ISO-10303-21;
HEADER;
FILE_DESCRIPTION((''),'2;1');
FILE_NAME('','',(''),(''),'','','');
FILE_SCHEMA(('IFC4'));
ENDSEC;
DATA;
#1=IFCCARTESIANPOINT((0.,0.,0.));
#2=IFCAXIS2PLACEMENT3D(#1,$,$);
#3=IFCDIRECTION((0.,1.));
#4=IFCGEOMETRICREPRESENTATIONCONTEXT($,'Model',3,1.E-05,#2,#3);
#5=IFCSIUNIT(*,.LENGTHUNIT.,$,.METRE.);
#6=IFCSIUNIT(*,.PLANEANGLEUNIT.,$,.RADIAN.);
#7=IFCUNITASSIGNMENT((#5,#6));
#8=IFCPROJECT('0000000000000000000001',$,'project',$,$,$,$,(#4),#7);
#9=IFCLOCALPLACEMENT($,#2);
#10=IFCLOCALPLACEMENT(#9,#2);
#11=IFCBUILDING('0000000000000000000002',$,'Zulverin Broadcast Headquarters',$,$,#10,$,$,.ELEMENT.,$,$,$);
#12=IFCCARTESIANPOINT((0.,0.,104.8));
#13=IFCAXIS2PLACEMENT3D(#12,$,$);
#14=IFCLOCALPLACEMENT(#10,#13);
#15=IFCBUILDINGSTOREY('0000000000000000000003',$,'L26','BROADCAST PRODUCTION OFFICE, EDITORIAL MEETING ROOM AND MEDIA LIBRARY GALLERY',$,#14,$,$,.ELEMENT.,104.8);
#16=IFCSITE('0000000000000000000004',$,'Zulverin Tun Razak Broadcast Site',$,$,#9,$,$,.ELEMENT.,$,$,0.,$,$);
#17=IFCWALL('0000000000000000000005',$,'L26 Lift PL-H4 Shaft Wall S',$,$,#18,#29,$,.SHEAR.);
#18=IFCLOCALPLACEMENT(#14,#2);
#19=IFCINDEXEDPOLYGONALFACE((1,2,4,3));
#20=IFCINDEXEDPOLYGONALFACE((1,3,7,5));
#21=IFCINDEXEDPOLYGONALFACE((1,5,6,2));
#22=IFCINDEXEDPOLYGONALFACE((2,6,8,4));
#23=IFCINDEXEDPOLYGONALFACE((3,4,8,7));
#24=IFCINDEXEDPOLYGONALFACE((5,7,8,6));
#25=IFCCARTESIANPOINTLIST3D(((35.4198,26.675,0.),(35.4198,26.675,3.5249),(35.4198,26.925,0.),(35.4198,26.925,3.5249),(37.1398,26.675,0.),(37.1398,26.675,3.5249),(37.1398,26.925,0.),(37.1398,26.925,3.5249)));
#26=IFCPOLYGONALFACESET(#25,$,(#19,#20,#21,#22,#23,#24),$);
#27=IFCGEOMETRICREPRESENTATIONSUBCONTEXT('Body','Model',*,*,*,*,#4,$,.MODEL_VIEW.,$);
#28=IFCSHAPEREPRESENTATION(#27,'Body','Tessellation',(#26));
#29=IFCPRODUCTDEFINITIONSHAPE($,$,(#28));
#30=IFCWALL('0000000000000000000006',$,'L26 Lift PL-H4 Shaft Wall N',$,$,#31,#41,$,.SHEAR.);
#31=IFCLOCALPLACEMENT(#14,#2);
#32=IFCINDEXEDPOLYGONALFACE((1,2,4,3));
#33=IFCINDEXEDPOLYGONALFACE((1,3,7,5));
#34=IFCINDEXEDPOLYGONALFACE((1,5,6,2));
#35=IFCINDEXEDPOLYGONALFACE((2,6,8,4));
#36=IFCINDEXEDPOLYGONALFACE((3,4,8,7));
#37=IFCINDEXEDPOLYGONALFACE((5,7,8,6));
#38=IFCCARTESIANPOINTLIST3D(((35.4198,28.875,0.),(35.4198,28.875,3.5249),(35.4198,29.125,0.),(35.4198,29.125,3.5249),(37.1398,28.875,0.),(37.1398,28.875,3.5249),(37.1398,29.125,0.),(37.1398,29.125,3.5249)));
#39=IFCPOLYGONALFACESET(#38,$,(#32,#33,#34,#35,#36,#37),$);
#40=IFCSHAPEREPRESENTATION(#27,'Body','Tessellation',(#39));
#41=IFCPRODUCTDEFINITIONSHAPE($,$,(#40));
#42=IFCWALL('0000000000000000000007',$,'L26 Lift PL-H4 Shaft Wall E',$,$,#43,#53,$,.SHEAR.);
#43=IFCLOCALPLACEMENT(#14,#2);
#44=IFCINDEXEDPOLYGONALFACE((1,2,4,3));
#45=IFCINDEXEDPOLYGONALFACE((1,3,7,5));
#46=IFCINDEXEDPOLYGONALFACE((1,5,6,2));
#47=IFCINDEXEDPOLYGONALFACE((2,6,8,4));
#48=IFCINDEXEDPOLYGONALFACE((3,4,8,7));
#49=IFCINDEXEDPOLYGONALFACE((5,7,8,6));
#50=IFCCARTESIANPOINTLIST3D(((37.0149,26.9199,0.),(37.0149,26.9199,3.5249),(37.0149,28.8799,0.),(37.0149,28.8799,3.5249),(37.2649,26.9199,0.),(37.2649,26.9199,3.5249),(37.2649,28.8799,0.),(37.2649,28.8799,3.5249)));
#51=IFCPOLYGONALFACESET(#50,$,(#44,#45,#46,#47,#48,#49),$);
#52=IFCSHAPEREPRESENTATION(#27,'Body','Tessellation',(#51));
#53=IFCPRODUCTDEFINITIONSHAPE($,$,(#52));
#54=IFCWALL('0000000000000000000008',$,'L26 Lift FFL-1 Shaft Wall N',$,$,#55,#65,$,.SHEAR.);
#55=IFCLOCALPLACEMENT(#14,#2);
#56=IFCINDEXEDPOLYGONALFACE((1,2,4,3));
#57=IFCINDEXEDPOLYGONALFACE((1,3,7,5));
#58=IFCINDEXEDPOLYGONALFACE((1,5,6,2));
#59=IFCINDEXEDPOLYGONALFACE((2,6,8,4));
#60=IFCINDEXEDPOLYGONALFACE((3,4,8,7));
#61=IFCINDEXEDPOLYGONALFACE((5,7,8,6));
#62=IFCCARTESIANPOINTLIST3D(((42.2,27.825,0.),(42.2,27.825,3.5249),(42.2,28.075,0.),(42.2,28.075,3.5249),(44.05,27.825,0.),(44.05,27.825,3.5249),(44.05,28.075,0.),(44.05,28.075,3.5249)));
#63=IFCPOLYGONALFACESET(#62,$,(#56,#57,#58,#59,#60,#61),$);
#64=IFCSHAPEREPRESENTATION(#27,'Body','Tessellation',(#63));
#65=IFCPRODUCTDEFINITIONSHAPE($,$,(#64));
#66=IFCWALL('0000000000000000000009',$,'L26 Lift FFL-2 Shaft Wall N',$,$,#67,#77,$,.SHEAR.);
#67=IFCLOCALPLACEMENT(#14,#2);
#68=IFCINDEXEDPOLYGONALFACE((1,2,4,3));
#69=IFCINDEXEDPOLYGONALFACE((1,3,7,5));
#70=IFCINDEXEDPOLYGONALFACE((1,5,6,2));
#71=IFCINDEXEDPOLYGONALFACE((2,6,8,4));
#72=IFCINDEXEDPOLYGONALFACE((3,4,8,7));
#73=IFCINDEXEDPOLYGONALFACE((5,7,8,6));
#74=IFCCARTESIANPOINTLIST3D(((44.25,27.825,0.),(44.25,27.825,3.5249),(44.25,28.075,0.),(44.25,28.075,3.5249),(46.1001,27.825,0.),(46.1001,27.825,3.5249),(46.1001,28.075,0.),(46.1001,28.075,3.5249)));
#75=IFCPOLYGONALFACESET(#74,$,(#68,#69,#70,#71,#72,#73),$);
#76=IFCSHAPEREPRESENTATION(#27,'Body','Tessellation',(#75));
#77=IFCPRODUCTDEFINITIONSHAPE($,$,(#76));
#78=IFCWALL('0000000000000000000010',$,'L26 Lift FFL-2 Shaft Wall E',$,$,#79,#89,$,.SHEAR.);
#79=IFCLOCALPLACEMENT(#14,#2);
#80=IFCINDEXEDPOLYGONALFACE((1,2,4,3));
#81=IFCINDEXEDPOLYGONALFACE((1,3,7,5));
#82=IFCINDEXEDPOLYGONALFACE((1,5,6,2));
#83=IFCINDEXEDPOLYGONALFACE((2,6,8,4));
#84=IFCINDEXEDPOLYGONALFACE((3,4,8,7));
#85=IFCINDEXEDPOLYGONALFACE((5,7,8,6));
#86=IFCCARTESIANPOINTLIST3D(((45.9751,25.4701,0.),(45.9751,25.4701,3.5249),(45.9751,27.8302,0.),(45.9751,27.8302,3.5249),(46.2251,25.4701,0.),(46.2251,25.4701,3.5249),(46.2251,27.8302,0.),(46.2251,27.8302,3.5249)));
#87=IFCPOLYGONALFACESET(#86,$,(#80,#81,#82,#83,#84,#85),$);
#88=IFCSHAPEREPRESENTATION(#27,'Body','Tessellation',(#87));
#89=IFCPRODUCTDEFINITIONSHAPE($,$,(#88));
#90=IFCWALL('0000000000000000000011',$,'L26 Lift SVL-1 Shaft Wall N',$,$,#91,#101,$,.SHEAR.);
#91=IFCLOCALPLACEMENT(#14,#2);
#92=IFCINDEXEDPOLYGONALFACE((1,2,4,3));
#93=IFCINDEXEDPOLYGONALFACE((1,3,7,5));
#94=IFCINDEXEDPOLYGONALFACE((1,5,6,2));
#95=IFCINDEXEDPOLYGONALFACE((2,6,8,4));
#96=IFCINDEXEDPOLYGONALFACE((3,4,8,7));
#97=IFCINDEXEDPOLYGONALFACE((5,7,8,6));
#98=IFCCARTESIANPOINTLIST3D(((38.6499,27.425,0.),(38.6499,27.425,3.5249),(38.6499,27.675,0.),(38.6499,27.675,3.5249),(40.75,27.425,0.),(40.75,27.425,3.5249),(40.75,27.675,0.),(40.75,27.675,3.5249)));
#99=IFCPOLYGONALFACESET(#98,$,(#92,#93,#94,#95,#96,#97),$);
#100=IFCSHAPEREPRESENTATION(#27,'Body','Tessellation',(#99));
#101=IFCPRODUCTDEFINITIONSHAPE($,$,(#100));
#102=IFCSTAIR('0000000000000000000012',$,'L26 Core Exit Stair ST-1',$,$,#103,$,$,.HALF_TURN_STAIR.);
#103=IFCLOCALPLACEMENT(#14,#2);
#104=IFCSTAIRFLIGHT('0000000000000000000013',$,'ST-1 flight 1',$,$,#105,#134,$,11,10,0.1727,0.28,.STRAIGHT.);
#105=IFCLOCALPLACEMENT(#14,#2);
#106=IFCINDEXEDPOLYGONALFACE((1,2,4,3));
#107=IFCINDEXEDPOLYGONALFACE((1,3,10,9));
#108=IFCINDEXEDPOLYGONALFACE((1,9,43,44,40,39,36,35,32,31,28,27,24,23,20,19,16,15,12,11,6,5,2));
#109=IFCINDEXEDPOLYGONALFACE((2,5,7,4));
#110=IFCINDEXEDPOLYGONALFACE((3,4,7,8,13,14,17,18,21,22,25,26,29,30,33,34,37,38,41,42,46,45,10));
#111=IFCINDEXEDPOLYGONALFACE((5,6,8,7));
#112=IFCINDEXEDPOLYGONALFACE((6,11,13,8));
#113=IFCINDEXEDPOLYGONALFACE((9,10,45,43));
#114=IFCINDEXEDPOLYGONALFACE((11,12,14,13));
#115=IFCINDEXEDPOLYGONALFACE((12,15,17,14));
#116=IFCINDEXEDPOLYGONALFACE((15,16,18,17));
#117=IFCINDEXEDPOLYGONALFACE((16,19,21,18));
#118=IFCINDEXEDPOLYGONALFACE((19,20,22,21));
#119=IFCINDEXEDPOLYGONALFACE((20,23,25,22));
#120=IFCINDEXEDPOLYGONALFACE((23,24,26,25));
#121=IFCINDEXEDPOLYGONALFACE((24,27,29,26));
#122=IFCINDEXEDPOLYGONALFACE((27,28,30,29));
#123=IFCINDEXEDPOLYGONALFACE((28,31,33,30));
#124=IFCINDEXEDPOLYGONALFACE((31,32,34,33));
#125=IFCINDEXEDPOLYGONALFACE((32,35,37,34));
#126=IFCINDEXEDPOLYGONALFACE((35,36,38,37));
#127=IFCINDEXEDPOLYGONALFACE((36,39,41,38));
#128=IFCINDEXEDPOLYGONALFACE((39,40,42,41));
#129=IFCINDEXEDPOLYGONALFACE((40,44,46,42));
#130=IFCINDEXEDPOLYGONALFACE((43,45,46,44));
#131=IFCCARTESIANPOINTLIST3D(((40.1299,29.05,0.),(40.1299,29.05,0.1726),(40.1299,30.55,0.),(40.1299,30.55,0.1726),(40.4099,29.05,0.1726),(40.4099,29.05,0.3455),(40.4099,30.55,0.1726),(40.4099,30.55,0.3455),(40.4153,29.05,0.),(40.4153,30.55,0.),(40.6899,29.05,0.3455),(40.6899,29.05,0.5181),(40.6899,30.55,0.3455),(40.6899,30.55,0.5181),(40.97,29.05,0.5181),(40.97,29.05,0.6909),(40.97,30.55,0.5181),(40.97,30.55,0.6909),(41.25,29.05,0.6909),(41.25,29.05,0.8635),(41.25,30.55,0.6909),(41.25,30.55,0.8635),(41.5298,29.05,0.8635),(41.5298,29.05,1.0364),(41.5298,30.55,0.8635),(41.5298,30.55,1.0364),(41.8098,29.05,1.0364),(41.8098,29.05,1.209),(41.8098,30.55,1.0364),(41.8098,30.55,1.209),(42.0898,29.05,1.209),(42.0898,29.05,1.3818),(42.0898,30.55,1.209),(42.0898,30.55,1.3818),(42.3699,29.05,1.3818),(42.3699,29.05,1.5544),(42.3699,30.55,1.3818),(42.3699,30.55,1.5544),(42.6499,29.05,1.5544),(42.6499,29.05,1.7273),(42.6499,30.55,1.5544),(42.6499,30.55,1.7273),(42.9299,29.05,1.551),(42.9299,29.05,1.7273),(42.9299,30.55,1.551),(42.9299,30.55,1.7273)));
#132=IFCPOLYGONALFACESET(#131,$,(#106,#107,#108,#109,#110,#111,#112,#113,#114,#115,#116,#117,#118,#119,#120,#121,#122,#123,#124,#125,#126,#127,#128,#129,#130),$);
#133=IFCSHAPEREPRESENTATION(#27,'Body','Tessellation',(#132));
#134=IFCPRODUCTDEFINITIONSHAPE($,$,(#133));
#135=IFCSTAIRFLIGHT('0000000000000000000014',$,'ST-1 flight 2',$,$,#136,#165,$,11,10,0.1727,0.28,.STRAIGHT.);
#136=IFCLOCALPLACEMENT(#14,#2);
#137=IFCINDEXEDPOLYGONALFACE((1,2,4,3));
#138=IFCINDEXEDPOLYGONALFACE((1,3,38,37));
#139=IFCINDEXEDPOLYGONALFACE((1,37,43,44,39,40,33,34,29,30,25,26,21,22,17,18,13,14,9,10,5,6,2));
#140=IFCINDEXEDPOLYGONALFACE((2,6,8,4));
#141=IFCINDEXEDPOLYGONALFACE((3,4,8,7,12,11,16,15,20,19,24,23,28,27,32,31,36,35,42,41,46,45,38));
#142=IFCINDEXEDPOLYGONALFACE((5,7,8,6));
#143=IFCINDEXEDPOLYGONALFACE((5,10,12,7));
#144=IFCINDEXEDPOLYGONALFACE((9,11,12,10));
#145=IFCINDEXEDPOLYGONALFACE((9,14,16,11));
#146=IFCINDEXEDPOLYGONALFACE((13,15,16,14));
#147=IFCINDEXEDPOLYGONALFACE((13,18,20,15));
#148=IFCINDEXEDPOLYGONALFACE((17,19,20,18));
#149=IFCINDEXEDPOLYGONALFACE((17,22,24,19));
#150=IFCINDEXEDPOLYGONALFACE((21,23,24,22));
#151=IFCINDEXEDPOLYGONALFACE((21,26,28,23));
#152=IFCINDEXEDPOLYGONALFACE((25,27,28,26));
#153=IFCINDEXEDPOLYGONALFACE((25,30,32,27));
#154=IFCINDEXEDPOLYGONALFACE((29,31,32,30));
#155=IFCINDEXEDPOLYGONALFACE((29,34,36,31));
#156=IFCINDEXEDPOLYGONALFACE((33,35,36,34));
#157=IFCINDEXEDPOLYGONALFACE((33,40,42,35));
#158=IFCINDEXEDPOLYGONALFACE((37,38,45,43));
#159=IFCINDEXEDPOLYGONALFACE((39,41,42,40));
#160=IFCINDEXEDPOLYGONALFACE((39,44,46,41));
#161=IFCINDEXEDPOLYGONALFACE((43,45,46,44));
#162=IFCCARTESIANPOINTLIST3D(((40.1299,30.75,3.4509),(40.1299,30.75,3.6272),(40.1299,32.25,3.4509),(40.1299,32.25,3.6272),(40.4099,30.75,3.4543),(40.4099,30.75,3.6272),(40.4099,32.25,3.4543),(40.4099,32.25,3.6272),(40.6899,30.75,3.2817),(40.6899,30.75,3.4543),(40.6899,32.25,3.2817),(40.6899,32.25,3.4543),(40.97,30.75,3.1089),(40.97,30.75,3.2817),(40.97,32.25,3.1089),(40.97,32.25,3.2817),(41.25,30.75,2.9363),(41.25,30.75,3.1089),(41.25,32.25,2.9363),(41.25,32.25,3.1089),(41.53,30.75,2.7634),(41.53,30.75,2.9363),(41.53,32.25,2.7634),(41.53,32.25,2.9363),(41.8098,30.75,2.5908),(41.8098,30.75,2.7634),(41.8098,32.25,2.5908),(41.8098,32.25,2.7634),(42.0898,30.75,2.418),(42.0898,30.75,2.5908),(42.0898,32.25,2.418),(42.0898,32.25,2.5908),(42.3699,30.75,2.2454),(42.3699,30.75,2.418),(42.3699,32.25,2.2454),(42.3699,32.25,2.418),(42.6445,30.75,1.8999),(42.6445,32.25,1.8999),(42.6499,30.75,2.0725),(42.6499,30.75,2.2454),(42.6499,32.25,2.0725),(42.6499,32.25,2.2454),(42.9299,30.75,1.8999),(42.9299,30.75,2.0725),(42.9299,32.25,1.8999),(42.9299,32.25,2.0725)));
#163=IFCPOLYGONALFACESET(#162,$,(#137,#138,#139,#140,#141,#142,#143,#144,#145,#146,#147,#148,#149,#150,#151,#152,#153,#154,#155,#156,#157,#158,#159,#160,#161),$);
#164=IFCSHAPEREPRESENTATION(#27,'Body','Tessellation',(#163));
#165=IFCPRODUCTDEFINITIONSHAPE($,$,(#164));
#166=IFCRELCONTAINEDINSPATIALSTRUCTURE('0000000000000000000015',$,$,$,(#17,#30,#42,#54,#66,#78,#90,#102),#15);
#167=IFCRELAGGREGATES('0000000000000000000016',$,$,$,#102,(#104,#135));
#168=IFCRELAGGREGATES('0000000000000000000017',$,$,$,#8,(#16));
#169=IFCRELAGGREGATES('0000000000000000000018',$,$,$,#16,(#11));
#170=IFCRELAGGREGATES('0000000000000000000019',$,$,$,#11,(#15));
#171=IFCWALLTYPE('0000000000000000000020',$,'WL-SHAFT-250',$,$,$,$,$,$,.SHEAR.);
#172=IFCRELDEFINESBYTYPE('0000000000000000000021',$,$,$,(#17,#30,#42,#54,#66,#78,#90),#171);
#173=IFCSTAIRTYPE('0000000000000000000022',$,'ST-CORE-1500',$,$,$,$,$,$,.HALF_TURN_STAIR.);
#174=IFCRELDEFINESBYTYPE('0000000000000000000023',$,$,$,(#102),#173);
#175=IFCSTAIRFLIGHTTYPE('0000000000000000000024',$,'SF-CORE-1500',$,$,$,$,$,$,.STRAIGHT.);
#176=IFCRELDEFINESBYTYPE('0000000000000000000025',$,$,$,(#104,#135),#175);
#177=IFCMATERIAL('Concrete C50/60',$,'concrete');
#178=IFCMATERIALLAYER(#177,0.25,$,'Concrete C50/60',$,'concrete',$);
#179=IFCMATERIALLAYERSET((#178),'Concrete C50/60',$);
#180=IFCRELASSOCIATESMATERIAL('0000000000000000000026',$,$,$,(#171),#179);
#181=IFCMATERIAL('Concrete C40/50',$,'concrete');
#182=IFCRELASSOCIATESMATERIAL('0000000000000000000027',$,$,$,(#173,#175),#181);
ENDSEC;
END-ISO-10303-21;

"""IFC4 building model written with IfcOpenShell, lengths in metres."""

from ifc_helpers import new_model, si_unit, direction, frame, frame_2d, origin, place, context, subcontext, project, spatial, polyline, rectangle, outline, extrude, material, layer, layer_set, type_object, element, aggregate, save


model = new_model("IFC4")

# Units and contexts
model_context = context("Model", 3, precision=1e-05, world=origin(), true_north=direction((0.0, 1.0)))
body_context = subcontext(model_context, "Body", "Model", "MODEL_VIEW")
ifc_project = project(units=[si_unit("LENGTHUNIT", "METRE"), si_unit("PLANEANGLEUNIT", "RADIAN")], contexts=[model_context])

# Site, building, storey
site_placement = place(None, origin())
site = spatial("IfcSite", under=ifc_project, at=site_placement, Name="Zulverin Tun Razak Broadcast Site", CompositionType="ELEMENT", RefElevation=0.0)
building_placement = place(site_placement, origin())
building = spatial("IfcBuilding", under=site, at=building_placement, Name="Zulverin Broadcast Headquarters", CompositionType="ELEMENT")
storey_placement = place(building_placement, frame((0.0, 0.0, 104.8)))
storey = spatial("IfcBuildingStorey", under=building, at=storey_placement, Name="L26", Description="BROADCAST PRODUCTION OFFICE, EDITORIAL MEETING ROOM AND MEDIA LIBRARY GALLERY", CompositionType="ELEMENT", Elevation=104.8)

# Shared definitions
ifc_material_1 = material(Name="Concrete C40/50", Category="concrete")

# Shared definitions
ifc_material_2 = material(Name="Concrete C50/60", Category="concrete")
ifc_layer_1 = layer(ifc_material_2, 0.25, Name="Concrete C50/60", Category="concrete")
ifc_layer_set_1 = layer_set([ifc_layer_1], Name="Concrete C50/60")
wall_type_1 = type_object("IfcWallType", Name="WL-SHAFT-250", PredefinedType="SHEAR", material=ifc_layer_set_1)

# Walls
for number, where, z_axis, x_axis, name in (
    (1, (35.4199, 26.8, 0.0), (0.0, 0.0, 1.0), (1.0, 0.0, 0.0), "L26 Lift PL-H4 Shaft Wall S"),
    (2, (35.4199, 29.0, 0.0), (0.0, 0.0, 1.0), (1.0, 0.0, 0.0), "L26 Lift PL-H4 Shaft Wall N"),
):
    element("IfcWall", number, at=place(storey_placement, frame(where, z_axis=z_axis, x_axis=x_axis)), inside=storey, type_object=wall_type_1, Name=name, PredefinedType="SHEAR", context=body_context, shape_type="SweptSolid", body=[
        extrude(rectangle(XDim=1.72, YDim=0.25, at=frame_2d((0.8599, 0.0))), origin(), (0.0, 0.0, 1.0), 3.5249),
    ])
wall_1_placement = place(storey_placement, frame((37.1399, 26.9199, 0.0), z_axis=(0.0, 0.0, 1.0), x_axis=(0.0, 1.0, 0.0)))
element("IfcWall", 3, at=wall_1_placement, inside=storey, type_object=wall_type_1, Name="L26 Lift PL-H4 Shaft Wall E", PredefinedType="SHEAR", context=body_context, shape_type="SweptSolid", body=[
    extrude(rectangle(XDim=1.96, YDim=0.25, at=frame_2d((0.98, 0.0))), origin(), (0.0, 0.0, 1.0), 3.5249),
])
for number, where, z_axis, x_axis, name in (
    (4, (42.2, 27.95, 0.0), (0.0, 0.0, 1.0), (1.0, 0.0, 0.0), "L26 Lift FFL-1 Shaft Wall N"),
    (5, (44.25, 27.95, 0.0), (0.0, 0.0, 1.0), (1.0, 0.0, 0.0), "L26 Lift FFL-2 Shaft Wall N"),
):
    element("IfcWall", number, at=place(storey_placement, frame(where, z_axis=z_axis, x_axis=x_axis)), inside=storey, type_object=wall_type_1, Name=name, PredefinedType="SHEAR", context=body_context, shape_type="SweptSolid", body=[
        extrude(rectangle(XDim=1.8501, YDim=0.25, at=frame_2d((0.925, 0.0))), origin(), (0.0, 0.0, 1.0), 3.5249),
    ])
wall_2_placement = place(storey_placement, frame((46.1001, 25.47, 0.0), z_axis=(0.0, 0.0, 1.0), x_axis=(0.0, 1.0, 0.0)))
element("IfcWall", 6, at=wall_2_placement, inside=storey, type_object=wall_type_1, Name="L26 Lift FFL-2 Shaft Wall E", PredefinedType="SHEAR", context=body_context, shape_type="SweptSolid", body=[
    extrude(rectangle(XDim=2.3601, YDim=0.25, at=frame_2d((1.1802, 0.0))), origin(), (0.0, 0.0, 1.0), 3.5249),
])
wall_3_placement = place(storey_placement, frame((38.6499, 27.55, 0.0), z_axis=(0.0, 0.0, 1.0), x_axis=(1.0, 0.0, 0.0)))
element("IfcWall", 7, at=wall_3_placement, inside=storey, type_object=wall_type_1, Name="L26 Lift SVL-1 Shaft Wall N", PredefinedType="SHEAR", context=body_context, shape_type="SweptSolid", body=[
    extrude(rectangle(XDim=2.1001, YDim=0.25, at=frame_2d((1.05, 0.0))), origin(), (0.0, 0.0, 1.0), 3.5249),
])

# Stair, stair flights
stair_type = type_object("IfcStairType", Name="ST-CORE-1500", PredefinedType="HALF_TURN_STAIR", material=ifc_material_1)
stair_placement = place(storey_placement, origin())
stair = element("IfcStair", 8, at=stair_placement, inside=storey, type_object=stair_type, Name="L26 Core Exit Stair ST-1", PredefinedType="HALF_TURN_STAIR")
stair_flight_type = type_object("IfcStairFlightType", Name="SF-CORE-1500", PredefinedType="STRAIGHT", material=ifc_material_1)
stair_flight_1_placement = place(storey_placement, frame((40.1299, 29.8, 0.0), z_axis=(0.0, 0.0, 1.0), x_axis=(1.0, 0.0, 0.0)))
stair_flight_1 = element("IfcStairFlight", 9, at=stair_flight_1_placement, type_object=stair_flight_type, Name="ST-1 flight 1", NumberOfRisers=11, NumberOfTreads=10, PredefinedType="STRAIGHT", RiserHeight=0.1727, TreadLength=0.28, context=body_context, shape_type="SweptSolid", body=[
    extrude(outline(polyline([(0.0, 0.0), (0.0, 0.1726), (0.28, 0.1726), (0.28, 0.3455), (0.5601, 0.3455), (0.5601, 0.5181), (0.8401, 0.5181), (0.8401, 0.6909), (1.1201, 0.6909), (1.1201, 0.8635), (1.3999, 0.8635), (1.3999, 1.0364), (1.6799, 1.0364), (1.6799, 1.209), (1.96, 1.209), (1.96, 1.3818), (2.24, 1.3818), (2.24, 1.5544), (2.52, 1.5544), (2.52, 1.7273), (2.8, 1.7273), (2.8, 1.8999), (2.8, 1.551), (0.2854, 0.0), (0.0, 0.0)])), frame((0.0, 0.75, 0.0), z_axis=(0.0, -1.0, 0.0), x_axis=(1.0, 0.0, 0.0)), (0.0, 0.0, 1.0), 1.5),
])
stair_flight_2_placement = place(storey_placement, frame((42.9299, 31.5, 1.8999), z_axis=(0.0, 0.0, 1.0), x_axis=(-1.0, 0.0, 0.0)))
stair_flight_2 = element("IfcStairFlight", 10, at=stair_flight_2_placement, type_object=stair_flight_type, Name="ST-1 flight 2", NumberOfRisers=11, NumberOfTreads=10, PredefinedType="STRAIGHT", RiserHeight=0.1727, TreadLength=0.28, context=body_context, shape_type="SweptSolid", body=[
    extrude(outline(polyline([(0.0, 0.0), (0.0, 0.1726), (0.28, 0.1726), (0.28, 0.3455), (0.5601, 0.3455), (0.5601, 0.5181), (0.8401, 0.5181), (0.8401, 0.6909), (1.1201, 0.6909), (1.1201, 0.8635), (1.3999, 0.8635), (1.3999, 1.0364), (1.6799, 1.0364), (1.6799, 1.209), (1.96, 1.209), (1.96, 1.3818), (2.24, 1.3818), (2.24, 1.5544), (2.52, 1.5544), (2.52, 1.7273), (2.8, 1.7273), (2.8, 1.8999), (2.8, 1.551), (0.2854, 0.0), (0.0, 0.0)])), frame((0.0, 0.75, 0.0), z_axis=(0.0, -1.0, 0.0), x_axis=(1.0, 0.0, 0.0)), (0.0, 0.0, 1.0), 1.5),
])
aggregate(stair, [stair_flight_1, stair_flight_2])

save(model, "model.ifc")
